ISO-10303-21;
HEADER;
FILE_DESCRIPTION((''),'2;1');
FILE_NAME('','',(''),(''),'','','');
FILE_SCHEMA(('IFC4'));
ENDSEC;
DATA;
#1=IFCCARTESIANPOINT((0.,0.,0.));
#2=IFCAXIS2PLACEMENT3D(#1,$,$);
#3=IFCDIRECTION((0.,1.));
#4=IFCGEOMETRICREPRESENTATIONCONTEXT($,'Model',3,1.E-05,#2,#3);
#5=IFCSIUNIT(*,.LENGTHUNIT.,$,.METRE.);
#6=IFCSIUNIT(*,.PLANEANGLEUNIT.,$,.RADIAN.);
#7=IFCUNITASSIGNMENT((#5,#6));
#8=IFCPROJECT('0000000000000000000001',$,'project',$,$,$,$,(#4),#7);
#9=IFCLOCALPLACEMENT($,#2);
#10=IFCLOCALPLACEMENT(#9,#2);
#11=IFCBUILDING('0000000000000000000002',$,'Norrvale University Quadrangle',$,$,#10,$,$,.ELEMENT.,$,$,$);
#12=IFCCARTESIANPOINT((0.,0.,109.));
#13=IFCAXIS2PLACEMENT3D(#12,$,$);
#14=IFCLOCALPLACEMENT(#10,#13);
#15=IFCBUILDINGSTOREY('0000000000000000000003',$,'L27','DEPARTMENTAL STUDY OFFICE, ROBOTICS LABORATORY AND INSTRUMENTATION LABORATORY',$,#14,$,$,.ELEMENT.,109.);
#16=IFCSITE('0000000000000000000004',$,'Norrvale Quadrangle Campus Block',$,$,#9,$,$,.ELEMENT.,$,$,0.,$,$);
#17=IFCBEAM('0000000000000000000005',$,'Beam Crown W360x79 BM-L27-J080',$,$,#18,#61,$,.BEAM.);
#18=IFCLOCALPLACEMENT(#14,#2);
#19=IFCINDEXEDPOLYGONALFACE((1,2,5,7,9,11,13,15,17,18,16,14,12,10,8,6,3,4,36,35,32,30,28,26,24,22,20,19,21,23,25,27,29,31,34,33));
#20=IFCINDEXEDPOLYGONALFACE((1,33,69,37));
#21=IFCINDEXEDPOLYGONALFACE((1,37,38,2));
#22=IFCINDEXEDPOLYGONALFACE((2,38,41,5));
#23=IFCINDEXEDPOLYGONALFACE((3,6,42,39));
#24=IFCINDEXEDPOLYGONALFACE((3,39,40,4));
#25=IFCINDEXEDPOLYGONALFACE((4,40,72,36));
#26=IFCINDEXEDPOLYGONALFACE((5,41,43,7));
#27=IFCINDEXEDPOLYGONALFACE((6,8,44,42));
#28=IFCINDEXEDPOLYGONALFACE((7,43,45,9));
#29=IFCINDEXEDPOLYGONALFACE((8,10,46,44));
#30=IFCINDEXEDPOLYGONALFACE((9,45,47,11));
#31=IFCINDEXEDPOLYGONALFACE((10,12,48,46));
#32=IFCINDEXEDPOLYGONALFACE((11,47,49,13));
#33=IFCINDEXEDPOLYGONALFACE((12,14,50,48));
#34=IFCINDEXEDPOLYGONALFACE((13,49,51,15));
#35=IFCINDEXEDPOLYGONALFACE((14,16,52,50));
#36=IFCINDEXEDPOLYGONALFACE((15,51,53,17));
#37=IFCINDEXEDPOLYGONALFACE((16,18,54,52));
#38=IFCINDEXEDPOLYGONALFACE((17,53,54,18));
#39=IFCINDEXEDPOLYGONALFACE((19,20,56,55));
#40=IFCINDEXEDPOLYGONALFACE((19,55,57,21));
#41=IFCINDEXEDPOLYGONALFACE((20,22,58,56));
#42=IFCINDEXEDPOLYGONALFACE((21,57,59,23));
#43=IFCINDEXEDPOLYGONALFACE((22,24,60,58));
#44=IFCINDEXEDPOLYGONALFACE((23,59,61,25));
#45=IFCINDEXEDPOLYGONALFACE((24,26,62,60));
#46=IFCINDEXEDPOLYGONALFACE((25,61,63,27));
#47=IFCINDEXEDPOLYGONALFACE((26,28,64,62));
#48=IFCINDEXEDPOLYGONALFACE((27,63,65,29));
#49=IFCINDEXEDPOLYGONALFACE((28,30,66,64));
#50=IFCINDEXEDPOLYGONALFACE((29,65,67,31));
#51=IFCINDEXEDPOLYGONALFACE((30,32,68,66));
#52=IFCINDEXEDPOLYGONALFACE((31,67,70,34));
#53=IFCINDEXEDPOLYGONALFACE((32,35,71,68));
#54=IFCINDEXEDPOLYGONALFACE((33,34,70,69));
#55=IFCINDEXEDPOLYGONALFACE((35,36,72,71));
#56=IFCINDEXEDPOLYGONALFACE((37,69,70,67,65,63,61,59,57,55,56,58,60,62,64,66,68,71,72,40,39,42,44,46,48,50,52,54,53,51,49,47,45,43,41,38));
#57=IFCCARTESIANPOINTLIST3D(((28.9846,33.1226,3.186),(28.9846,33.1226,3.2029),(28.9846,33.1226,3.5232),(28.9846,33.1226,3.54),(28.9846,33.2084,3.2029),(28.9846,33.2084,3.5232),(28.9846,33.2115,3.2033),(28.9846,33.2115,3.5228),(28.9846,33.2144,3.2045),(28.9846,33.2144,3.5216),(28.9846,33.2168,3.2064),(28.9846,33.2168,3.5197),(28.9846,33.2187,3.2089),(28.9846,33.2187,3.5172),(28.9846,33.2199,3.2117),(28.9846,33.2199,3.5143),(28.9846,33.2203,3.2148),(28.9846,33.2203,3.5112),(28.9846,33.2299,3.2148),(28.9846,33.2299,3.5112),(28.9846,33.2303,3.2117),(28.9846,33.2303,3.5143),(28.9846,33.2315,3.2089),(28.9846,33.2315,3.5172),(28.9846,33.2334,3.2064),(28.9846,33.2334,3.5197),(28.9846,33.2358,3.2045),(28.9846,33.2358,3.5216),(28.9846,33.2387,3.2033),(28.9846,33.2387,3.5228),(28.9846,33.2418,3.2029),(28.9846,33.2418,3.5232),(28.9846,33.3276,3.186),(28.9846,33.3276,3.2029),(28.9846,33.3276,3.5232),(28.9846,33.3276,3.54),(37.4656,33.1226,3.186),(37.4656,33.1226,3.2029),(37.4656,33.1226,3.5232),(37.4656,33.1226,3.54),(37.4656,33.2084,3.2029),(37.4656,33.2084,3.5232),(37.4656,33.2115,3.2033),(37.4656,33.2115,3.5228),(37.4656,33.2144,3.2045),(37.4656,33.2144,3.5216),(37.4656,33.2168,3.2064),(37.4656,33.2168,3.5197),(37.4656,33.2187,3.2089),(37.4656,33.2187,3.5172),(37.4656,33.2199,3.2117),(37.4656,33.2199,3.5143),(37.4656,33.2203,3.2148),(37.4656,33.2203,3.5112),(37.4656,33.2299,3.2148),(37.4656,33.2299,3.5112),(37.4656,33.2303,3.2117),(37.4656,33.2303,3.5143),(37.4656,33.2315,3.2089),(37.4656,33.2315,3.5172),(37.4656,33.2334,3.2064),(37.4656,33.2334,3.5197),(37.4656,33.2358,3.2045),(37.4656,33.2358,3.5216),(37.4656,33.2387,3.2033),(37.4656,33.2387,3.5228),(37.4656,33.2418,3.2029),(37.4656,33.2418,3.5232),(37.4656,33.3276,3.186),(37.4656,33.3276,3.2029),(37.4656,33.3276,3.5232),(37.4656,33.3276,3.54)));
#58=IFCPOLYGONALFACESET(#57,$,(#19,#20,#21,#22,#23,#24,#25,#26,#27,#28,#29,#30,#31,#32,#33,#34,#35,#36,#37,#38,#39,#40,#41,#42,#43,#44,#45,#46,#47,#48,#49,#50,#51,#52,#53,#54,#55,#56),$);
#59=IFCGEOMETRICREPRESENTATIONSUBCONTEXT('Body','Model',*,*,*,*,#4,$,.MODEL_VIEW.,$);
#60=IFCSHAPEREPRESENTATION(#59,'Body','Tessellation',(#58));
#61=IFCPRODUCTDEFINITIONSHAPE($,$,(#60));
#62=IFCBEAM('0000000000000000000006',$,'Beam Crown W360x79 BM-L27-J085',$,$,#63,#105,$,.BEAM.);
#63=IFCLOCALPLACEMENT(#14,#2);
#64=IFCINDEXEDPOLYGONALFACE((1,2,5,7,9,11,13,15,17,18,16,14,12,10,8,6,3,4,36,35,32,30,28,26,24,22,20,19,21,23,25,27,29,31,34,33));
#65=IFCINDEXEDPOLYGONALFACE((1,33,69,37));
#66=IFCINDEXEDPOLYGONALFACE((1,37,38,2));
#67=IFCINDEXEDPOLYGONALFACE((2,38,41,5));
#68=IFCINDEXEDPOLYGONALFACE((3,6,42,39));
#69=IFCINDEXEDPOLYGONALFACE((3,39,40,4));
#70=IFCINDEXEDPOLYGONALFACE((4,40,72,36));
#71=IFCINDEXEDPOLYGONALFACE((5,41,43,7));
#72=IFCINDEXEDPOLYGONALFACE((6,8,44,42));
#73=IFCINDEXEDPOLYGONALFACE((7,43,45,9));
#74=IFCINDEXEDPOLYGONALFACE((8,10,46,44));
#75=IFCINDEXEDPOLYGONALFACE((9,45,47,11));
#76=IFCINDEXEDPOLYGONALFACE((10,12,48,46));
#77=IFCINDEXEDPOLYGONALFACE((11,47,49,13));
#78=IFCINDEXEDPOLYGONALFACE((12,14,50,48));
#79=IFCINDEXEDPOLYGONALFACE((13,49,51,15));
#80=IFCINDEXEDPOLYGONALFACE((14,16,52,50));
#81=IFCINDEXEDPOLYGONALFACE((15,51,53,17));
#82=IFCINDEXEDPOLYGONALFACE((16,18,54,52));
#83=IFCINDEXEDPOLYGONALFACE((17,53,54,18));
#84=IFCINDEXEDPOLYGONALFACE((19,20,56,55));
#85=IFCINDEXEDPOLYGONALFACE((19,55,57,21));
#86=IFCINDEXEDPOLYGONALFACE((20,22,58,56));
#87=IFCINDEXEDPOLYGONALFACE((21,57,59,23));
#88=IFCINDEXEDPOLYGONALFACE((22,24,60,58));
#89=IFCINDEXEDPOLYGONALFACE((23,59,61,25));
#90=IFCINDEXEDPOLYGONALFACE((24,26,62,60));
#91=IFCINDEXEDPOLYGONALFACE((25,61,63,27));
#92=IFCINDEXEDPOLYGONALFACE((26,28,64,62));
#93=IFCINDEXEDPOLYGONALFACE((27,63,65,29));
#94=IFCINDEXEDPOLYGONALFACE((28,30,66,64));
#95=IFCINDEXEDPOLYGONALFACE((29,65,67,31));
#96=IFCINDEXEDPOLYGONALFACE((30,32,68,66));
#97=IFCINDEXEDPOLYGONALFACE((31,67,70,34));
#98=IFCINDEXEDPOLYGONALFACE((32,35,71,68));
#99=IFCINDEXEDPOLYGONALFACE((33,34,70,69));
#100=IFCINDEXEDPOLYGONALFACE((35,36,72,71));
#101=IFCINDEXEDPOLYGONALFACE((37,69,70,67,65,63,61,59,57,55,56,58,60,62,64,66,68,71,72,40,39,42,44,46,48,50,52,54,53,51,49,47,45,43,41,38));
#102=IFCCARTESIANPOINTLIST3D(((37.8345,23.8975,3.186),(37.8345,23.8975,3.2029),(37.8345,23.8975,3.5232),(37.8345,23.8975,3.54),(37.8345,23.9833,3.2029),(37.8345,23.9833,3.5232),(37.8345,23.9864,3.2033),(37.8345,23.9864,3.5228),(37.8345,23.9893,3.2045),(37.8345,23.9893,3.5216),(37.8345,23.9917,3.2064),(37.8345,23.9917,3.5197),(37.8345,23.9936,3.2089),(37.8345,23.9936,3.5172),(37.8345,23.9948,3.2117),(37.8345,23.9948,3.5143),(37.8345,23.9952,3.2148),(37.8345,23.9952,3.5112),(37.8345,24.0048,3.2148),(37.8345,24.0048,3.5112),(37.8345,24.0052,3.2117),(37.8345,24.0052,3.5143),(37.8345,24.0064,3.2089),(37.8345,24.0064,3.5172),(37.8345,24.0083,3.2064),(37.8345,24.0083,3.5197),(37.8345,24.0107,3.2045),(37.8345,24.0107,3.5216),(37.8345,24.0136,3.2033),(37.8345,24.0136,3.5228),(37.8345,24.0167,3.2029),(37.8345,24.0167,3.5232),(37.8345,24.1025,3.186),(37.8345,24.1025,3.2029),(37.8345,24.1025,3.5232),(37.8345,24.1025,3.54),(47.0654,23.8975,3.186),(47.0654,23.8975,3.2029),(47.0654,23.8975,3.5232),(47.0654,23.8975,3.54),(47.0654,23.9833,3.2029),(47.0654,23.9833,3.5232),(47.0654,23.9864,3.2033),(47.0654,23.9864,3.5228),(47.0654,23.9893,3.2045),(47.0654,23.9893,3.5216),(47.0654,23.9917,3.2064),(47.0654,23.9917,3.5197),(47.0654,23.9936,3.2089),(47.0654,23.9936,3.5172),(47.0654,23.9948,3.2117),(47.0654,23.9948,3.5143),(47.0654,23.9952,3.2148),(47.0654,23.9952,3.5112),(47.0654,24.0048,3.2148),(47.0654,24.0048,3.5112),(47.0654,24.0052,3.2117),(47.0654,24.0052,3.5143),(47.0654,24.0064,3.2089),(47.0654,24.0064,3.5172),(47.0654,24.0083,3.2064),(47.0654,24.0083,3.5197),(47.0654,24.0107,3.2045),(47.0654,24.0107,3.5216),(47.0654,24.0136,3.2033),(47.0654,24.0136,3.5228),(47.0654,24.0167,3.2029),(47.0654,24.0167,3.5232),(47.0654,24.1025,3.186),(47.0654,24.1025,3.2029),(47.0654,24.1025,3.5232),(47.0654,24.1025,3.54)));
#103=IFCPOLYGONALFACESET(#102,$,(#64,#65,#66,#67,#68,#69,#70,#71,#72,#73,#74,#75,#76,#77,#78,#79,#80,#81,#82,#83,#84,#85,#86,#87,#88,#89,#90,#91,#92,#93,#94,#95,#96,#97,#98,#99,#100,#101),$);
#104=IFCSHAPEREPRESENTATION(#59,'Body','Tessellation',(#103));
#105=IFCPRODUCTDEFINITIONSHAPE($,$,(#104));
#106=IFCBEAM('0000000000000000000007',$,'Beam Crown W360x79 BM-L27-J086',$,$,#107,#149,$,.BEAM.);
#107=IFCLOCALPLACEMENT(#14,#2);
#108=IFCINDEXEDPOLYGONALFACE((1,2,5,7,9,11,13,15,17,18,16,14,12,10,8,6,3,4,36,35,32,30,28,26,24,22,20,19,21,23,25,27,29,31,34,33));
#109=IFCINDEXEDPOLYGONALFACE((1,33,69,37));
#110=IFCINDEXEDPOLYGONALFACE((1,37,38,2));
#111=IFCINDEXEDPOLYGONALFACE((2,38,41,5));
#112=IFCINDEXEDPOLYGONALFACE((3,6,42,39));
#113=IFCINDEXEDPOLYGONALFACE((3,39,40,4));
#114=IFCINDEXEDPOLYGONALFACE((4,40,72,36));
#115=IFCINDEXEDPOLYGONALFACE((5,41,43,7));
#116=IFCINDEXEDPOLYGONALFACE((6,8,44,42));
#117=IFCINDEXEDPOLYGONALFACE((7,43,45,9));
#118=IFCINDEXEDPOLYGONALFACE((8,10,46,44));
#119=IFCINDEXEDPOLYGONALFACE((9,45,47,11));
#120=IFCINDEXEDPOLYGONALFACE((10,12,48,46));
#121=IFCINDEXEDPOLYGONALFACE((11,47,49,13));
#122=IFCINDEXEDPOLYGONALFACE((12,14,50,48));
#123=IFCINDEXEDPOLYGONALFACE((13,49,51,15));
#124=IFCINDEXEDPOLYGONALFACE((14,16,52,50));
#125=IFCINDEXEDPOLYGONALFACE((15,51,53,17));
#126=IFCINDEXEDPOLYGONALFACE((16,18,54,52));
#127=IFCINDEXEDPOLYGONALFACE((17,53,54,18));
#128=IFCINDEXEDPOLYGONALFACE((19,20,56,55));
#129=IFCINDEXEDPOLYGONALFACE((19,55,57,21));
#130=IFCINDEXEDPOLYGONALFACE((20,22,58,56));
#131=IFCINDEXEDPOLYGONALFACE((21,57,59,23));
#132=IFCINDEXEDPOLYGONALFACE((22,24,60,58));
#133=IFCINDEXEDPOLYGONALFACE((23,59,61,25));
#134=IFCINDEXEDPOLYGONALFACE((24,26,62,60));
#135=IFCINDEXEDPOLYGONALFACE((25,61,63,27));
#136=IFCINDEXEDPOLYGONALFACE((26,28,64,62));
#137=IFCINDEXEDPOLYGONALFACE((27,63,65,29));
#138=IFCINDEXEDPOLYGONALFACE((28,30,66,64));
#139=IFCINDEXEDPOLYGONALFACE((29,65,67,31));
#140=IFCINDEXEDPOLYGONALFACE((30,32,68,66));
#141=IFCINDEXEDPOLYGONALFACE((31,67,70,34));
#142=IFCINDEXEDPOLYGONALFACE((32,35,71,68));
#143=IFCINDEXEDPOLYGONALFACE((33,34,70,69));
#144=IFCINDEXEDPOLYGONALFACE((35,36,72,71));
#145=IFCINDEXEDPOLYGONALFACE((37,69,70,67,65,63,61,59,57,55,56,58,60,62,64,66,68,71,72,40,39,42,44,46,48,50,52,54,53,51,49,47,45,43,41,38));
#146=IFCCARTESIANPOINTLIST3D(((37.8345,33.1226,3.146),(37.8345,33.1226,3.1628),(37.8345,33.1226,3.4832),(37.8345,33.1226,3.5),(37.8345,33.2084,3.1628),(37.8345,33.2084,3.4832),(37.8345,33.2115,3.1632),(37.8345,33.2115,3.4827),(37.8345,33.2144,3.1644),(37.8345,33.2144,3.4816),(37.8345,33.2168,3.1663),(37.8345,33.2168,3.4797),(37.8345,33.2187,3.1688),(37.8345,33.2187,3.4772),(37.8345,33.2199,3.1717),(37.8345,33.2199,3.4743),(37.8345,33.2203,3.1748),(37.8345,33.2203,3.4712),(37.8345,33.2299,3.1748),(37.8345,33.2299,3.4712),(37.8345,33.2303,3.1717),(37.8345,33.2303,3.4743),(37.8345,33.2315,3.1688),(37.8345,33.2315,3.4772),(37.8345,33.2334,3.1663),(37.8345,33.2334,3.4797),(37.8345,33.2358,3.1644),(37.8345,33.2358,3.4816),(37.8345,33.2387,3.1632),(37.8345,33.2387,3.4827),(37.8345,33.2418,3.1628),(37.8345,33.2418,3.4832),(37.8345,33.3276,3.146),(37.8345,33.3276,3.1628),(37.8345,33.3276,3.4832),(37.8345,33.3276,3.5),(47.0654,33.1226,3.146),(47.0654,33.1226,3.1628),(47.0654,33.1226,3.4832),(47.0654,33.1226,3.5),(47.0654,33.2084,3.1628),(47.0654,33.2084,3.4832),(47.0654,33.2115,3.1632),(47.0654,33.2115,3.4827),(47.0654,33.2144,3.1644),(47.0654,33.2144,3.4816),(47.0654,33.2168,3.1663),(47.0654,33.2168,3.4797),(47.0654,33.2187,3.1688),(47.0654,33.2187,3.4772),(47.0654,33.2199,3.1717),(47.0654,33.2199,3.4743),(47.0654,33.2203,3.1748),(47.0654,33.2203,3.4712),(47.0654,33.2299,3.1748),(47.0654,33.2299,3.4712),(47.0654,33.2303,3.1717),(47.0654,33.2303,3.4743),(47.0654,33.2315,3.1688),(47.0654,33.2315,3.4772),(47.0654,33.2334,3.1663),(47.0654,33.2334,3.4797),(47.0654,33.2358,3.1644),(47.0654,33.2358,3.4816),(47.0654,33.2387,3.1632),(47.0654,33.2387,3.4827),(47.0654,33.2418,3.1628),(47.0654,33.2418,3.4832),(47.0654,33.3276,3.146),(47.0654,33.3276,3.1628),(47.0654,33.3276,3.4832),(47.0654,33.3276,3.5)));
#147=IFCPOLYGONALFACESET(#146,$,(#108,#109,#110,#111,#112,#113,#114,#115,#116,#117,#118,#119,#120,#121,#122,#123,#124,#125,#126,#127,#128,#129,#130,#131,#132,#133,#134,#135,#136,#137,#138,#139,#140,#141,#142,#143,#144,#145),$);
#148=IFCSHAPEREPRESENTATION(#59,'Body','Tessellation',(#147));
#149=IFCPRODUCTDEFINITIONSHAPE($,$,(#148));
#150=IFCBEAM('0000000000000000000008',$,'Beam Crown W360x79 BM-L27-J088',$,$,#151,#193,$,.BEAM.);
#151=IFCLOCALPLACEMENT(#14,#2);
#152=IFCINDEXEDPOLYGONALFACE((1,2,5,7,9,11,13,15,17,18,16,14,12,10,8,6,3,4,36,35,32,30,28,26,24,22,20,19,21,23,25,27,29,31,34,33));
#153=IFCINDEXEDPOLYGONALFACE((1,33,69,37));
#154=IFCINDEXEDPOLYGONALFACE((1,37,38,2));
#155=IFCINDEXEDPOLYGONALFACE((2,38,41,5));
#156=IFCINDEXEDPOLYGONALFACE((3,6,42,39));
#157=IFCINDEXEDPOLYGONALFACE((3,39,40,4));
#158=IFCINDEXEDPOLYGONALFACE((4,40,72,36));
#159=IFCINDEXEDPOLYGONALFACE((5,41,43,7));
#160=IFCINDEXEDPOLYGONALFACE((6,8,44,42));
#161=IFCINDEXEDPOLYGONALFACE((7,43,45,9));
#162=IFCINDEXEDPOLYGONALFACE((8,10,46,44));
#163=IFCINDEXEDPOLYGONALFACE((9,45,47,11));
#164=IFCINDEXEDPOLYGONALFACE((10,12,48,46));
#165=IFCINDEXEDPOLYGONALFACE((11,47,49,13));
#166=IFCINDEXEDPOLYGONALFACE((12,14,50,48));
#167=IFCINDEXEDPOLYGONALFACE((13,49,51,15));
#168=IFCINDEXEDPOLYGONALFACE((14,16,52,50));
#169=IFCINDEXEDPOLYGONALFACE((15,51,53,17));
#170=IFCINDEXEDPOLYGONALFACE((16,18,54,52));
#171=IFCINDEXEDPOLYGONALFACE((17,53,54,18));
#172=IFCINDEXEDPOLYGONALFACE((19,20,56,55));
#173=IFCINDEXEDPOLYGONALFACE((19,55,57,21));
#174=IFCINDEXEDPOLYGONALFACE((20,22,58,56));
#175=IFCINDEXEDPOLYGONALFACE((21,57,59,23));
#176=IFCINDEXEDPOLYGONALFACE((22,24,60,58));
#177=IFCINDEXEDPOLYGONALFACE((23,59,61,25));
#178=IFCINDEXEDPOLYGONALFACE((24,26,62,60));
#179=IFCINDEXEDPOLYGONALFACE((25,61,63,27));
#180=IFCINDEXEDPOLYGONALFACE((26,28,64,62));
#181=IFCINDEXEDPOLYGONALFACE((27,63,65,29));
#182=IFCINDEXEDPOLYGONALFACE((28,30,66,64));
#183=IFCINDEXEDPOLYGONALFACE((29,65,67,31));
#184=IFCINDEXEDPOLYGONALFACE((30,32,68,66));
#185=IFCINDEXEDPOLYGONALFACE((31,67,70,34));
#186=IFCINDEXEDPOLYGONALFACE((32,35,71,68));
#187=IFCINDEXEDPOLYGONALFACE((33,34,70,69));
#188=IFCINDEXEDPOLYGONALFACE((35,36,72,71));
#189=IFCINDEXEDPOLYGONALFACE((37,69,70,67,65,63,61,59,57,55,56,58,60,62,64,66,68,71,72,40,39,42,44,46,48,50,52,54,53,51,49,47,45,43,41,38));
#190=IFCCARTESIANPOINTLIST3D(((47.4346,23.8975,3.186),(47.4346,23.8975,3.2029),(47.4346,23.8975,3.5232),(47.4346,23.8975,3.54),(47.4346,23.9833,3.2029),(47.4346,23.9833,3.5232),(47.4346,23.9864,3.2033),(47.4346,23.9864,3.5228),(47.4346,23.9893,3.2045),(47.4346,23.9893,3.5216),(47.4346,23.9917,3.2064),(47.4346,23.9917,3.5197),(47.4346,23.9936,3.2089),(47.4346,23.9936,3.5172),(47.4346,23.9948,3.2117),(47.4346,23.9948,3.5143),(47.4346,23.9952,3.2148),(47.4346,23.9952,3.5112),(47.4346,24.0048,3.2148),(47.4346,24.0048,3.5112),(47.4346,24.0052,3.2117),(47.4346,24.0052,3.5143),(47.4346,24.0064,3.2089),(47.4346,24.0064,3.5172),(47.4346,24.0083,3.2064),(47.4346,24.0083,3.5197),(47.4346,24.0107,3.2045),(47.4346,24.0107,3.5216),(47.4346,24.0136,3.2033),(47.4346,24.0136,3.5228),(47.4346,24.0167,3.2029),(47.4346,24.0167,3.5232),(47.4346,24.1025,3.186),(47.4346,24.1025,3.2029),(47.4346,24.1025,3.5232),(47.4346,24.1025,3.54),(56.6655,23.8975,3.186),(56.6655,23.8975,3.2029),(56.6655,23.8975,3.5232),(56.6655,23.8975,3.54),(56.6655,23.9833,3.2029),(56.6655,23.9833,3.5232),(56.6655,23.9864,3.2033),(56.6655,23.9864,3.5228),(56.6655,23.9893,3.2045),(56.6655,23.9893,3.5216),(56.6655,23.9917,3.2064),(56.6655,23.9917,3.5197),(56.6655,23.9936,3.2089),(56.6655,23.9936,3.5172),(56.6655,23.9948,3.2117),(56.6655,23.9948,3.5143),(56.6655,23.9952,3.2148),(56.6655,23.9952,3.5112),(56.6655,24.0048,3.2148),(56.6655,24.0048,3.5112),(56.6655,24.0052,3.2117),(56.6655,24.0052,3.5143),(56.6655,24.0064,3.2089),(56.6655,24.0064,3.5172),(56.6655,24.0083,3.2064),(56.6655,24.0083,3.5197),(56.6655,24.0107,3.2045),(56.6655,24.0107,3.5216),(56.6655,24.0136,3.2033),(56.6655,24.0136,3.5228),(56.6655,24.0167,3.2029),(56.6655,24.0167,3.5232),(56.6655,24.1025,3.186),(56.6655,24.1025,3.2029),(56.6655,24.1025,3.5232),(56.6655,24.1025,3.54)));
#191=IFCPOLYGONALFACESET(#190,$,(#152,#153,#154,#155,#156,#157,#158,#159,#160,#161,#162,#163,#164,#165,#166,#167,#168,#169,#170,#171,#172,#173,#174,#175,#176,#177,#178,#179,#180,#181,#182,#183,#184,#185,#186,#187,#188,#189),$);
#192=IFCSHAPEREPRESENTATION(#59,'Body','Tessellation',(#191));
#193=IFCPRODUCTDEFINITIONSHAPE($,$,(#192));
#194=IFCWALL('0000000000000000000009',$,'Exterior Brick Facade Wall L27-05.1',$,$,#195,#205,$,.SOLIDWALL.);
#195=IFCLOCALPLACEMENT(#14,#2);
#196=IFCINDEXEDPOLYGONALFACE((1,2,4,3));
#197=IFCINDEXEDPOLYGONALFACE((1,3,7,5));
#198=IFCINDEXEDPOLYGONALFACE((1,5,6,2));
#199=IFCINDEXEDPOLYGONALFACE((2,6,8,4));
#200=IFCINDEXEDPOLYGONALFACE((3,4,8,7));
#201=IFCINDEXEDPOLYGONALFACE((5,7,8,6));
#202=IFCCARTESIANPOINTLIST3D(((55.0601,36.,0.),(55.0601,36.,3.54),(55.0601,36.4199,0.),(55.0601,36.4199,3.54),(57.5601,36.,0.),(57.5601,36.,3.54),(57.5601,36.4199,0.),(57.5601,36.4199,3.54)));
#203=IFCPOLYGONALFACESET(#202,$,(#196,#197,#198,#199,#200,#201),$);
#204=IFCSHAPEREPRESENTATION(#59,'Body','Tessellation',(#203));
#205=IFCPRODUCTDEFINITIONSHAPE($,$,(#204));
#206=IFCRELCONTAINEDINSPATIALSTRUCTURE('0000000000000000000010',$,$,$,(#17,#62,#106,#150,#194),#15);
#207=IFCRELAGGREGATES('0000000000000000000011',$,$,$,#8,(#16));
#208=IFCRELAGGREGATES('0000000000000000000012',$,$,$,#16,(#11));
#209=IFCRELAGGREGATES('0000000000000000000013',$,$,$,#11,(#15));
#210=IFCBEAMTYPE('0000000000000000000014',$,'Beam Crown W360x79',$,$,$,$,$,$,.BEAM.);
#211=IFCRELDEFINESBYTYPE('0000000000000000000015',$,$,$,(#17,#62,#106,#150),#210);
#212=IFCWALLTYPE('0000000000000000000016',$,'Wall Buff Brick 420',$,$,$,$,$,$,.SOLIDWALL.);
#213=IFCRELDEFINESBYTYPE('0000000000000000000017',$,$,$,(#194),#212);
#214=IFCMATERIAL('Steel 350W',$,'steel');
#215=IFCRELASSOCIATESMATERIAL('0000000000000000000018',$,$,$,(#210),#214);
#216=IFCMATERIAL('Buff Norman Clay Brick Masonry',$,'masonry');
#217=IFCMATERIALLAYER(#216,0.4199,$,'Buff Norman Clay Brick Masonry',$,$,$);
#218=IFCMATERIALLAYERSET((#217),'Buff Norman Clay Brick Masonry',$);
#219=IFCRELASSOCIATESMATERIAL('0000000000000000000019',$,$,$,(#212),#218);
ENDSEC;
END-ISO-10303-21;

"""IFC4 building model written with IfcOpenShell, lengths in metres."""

from ifc_helpers import new_model, si_unit, direction, frame, frame_2d, origin, origin_2d, place, context, subcontext, project, spatial, rectangle, i_section, extrude, material, layer, layer_set, material_profile, profile_set, type_object, element, save


model = new_model("IFC4")

# Units and contexts
model_context = context("Model", 3, precision=1e-05, world=origin(), true_north=direction((0.0, 1.0)))
body_context = subcontext(model_context, "Body", "Model", "MODEL_VIEW")
ifc_project = project(units=[si_unit("LENGTHUNIT", "METRE"), si_unit("PLANEANGLEUNIT", "RADIAN")], contexts=[model_context])

# Site, building, storey
site_placement = place(None, origin())
site = spatial("IfcSite", under=ifc_project, at=site_placement, Name="Norrvale Quadrangle Campus Block", CompositionType="ELEMENT", RefElevation=0.0)
building_placement = place(site_placement, origin())
building = spatial("IfcBuilding", under=site, at=building_placement, Name="Norrvale University Quadrangle", CompositionType="ELEMENT")
storey_placement = place(building_placement, frame((0.0, 0.0, 109.0)))
storey = spatial("IfcBuildingStorey", under=building, at=storey_placement, Name="L27", Description="DEPARTMENTAL STUDY OFFICE, ROBOTICS LABORATORY AND INSTRUMENTATION LABORATORY", CompositionType="ELEMENT", Elevation=109.0)

# Beams
ifc_material_1 = material(Name="Steel 350W", Category="steel")
ifc_material_profile_1 = material_profile(ifc_material_1, i_section(OverallWidth=0.2051, OverallDepth=0.354, WebThickness=0.0095, FlangeThickness=0.0168, FilletRadius=0.012, at=origin_2d()), Name="Steel 350W")
ifc_profile_set_1 = profile_set([ifc_material_profile_1], Name="Steel 350W")
beam_type_1 = type_object("IfcBeamType", Name="Beam Crown W360x79", PredefinedType="BEAM", material=ifc_profile_set_1)
for number, where, z_axis, x_axis, name in (
    (1, (28.9846, 33.2251, 3.363), (1.0, 0.0, 0.0), (0.0, 1.0, 0.0), "Beam Crown W360x79 BM-L27-J080"),
):
    element("IfcBeam", number, at=place(storey_placement, frame(where, z_axis=z_axis, x_axis=x_axis)), inside=storey, type_object=beam_type_1, Name=name, PredefinedType="BEAM", context=body_context, shape_type="SweptSolid", body=[
        extrude(i_section(OverallWidth=0.2051, OverallDepth=0.354, WebThickness=0.0095, FlangeThickness=0.0168, FilletRadius=0.012, at=origin_2d()), origin(), (0.0, 0.0, 1.0), 8.481),
    ])
for number, where, z_axis, x_axis, name in (
    (2, (37.8345, 24.0, 3.363), (1.0, 0.0, 0.0), (0.0, 1.0, 0.0), "Beam Crown W360x79 BM-L27-J085"),
    (3, (37.8345, 33.2251, 3.323), (1.0, 0.0, 0.0), (0.0, 1.0, 0.0), "Beam Crown W360x79 BM-L27-J086"),
    (4, (47.4346, 24.0, 3.363), (1.0, 0.0, 0.0), (0.0, 1.0, 0.0), "Beam Crown W360x79 BM-L27-J088"),
):
    element("IfcBeam", number, at=place(storey_placement, frame(where, z_axis=z_axis, x_axis=x_axis)), inside=storey, type_object=beam_type_1, Name=name, PredefinedType="BEAM", context=body_context, shape_type="SweptSolid", body=[
        extrude(i_section(OverallWidth=0.2051, OverallDepth=0.354, WebThickness=0.0095, FlangeThickness=0.0168, FilletRadius=0.012, at=origin_2d()), origin(), (0.0, 0.0, 1.0), 9.231),
    ])

# Wall
ifc_material_2 = material(Name="Buff Norman Clay Brick Masonry", Category="masonry")
ifc_layer = layer(ifc_material_2, 0.4199, Name="Buff Norman Clay Brick Masonry")
ifc_layer_set = layer_set([ifc_layer], Name="Buff Norman Clay Brick Masonry")
wall_type = type_object("IfcWallType", Name="Wall Buff Brick 420", PredefinedType="SOLIDWALL", material=ifc_layer_set)
for number, where, z_axis, x_axis, name in (
    (5, (57.5601, 36.21, 0.0), (0.0, 0.0, 1.0), (-1.0, 0.0, 0.0), "Exterior Brick Facade Wall L27-05.1"),
):
    element("IfcWall", number, at=place(storey_placement, frame(where, z_axis=z_axis, x_axis=x_axis)), inside=storey, type_object=wall_type, Name=name, PredefinedType="SOLIDWALL", context=body_context, shape_type="SweptSolid", body=[
        extrude(rectangle(XDim=2.5, YDim=0.4199, at=frame_2d((1.25, 0.0))), origin(), (0.0, 0.0, 1.0), 3.54),
    ])

save(model, "model.ifc")
